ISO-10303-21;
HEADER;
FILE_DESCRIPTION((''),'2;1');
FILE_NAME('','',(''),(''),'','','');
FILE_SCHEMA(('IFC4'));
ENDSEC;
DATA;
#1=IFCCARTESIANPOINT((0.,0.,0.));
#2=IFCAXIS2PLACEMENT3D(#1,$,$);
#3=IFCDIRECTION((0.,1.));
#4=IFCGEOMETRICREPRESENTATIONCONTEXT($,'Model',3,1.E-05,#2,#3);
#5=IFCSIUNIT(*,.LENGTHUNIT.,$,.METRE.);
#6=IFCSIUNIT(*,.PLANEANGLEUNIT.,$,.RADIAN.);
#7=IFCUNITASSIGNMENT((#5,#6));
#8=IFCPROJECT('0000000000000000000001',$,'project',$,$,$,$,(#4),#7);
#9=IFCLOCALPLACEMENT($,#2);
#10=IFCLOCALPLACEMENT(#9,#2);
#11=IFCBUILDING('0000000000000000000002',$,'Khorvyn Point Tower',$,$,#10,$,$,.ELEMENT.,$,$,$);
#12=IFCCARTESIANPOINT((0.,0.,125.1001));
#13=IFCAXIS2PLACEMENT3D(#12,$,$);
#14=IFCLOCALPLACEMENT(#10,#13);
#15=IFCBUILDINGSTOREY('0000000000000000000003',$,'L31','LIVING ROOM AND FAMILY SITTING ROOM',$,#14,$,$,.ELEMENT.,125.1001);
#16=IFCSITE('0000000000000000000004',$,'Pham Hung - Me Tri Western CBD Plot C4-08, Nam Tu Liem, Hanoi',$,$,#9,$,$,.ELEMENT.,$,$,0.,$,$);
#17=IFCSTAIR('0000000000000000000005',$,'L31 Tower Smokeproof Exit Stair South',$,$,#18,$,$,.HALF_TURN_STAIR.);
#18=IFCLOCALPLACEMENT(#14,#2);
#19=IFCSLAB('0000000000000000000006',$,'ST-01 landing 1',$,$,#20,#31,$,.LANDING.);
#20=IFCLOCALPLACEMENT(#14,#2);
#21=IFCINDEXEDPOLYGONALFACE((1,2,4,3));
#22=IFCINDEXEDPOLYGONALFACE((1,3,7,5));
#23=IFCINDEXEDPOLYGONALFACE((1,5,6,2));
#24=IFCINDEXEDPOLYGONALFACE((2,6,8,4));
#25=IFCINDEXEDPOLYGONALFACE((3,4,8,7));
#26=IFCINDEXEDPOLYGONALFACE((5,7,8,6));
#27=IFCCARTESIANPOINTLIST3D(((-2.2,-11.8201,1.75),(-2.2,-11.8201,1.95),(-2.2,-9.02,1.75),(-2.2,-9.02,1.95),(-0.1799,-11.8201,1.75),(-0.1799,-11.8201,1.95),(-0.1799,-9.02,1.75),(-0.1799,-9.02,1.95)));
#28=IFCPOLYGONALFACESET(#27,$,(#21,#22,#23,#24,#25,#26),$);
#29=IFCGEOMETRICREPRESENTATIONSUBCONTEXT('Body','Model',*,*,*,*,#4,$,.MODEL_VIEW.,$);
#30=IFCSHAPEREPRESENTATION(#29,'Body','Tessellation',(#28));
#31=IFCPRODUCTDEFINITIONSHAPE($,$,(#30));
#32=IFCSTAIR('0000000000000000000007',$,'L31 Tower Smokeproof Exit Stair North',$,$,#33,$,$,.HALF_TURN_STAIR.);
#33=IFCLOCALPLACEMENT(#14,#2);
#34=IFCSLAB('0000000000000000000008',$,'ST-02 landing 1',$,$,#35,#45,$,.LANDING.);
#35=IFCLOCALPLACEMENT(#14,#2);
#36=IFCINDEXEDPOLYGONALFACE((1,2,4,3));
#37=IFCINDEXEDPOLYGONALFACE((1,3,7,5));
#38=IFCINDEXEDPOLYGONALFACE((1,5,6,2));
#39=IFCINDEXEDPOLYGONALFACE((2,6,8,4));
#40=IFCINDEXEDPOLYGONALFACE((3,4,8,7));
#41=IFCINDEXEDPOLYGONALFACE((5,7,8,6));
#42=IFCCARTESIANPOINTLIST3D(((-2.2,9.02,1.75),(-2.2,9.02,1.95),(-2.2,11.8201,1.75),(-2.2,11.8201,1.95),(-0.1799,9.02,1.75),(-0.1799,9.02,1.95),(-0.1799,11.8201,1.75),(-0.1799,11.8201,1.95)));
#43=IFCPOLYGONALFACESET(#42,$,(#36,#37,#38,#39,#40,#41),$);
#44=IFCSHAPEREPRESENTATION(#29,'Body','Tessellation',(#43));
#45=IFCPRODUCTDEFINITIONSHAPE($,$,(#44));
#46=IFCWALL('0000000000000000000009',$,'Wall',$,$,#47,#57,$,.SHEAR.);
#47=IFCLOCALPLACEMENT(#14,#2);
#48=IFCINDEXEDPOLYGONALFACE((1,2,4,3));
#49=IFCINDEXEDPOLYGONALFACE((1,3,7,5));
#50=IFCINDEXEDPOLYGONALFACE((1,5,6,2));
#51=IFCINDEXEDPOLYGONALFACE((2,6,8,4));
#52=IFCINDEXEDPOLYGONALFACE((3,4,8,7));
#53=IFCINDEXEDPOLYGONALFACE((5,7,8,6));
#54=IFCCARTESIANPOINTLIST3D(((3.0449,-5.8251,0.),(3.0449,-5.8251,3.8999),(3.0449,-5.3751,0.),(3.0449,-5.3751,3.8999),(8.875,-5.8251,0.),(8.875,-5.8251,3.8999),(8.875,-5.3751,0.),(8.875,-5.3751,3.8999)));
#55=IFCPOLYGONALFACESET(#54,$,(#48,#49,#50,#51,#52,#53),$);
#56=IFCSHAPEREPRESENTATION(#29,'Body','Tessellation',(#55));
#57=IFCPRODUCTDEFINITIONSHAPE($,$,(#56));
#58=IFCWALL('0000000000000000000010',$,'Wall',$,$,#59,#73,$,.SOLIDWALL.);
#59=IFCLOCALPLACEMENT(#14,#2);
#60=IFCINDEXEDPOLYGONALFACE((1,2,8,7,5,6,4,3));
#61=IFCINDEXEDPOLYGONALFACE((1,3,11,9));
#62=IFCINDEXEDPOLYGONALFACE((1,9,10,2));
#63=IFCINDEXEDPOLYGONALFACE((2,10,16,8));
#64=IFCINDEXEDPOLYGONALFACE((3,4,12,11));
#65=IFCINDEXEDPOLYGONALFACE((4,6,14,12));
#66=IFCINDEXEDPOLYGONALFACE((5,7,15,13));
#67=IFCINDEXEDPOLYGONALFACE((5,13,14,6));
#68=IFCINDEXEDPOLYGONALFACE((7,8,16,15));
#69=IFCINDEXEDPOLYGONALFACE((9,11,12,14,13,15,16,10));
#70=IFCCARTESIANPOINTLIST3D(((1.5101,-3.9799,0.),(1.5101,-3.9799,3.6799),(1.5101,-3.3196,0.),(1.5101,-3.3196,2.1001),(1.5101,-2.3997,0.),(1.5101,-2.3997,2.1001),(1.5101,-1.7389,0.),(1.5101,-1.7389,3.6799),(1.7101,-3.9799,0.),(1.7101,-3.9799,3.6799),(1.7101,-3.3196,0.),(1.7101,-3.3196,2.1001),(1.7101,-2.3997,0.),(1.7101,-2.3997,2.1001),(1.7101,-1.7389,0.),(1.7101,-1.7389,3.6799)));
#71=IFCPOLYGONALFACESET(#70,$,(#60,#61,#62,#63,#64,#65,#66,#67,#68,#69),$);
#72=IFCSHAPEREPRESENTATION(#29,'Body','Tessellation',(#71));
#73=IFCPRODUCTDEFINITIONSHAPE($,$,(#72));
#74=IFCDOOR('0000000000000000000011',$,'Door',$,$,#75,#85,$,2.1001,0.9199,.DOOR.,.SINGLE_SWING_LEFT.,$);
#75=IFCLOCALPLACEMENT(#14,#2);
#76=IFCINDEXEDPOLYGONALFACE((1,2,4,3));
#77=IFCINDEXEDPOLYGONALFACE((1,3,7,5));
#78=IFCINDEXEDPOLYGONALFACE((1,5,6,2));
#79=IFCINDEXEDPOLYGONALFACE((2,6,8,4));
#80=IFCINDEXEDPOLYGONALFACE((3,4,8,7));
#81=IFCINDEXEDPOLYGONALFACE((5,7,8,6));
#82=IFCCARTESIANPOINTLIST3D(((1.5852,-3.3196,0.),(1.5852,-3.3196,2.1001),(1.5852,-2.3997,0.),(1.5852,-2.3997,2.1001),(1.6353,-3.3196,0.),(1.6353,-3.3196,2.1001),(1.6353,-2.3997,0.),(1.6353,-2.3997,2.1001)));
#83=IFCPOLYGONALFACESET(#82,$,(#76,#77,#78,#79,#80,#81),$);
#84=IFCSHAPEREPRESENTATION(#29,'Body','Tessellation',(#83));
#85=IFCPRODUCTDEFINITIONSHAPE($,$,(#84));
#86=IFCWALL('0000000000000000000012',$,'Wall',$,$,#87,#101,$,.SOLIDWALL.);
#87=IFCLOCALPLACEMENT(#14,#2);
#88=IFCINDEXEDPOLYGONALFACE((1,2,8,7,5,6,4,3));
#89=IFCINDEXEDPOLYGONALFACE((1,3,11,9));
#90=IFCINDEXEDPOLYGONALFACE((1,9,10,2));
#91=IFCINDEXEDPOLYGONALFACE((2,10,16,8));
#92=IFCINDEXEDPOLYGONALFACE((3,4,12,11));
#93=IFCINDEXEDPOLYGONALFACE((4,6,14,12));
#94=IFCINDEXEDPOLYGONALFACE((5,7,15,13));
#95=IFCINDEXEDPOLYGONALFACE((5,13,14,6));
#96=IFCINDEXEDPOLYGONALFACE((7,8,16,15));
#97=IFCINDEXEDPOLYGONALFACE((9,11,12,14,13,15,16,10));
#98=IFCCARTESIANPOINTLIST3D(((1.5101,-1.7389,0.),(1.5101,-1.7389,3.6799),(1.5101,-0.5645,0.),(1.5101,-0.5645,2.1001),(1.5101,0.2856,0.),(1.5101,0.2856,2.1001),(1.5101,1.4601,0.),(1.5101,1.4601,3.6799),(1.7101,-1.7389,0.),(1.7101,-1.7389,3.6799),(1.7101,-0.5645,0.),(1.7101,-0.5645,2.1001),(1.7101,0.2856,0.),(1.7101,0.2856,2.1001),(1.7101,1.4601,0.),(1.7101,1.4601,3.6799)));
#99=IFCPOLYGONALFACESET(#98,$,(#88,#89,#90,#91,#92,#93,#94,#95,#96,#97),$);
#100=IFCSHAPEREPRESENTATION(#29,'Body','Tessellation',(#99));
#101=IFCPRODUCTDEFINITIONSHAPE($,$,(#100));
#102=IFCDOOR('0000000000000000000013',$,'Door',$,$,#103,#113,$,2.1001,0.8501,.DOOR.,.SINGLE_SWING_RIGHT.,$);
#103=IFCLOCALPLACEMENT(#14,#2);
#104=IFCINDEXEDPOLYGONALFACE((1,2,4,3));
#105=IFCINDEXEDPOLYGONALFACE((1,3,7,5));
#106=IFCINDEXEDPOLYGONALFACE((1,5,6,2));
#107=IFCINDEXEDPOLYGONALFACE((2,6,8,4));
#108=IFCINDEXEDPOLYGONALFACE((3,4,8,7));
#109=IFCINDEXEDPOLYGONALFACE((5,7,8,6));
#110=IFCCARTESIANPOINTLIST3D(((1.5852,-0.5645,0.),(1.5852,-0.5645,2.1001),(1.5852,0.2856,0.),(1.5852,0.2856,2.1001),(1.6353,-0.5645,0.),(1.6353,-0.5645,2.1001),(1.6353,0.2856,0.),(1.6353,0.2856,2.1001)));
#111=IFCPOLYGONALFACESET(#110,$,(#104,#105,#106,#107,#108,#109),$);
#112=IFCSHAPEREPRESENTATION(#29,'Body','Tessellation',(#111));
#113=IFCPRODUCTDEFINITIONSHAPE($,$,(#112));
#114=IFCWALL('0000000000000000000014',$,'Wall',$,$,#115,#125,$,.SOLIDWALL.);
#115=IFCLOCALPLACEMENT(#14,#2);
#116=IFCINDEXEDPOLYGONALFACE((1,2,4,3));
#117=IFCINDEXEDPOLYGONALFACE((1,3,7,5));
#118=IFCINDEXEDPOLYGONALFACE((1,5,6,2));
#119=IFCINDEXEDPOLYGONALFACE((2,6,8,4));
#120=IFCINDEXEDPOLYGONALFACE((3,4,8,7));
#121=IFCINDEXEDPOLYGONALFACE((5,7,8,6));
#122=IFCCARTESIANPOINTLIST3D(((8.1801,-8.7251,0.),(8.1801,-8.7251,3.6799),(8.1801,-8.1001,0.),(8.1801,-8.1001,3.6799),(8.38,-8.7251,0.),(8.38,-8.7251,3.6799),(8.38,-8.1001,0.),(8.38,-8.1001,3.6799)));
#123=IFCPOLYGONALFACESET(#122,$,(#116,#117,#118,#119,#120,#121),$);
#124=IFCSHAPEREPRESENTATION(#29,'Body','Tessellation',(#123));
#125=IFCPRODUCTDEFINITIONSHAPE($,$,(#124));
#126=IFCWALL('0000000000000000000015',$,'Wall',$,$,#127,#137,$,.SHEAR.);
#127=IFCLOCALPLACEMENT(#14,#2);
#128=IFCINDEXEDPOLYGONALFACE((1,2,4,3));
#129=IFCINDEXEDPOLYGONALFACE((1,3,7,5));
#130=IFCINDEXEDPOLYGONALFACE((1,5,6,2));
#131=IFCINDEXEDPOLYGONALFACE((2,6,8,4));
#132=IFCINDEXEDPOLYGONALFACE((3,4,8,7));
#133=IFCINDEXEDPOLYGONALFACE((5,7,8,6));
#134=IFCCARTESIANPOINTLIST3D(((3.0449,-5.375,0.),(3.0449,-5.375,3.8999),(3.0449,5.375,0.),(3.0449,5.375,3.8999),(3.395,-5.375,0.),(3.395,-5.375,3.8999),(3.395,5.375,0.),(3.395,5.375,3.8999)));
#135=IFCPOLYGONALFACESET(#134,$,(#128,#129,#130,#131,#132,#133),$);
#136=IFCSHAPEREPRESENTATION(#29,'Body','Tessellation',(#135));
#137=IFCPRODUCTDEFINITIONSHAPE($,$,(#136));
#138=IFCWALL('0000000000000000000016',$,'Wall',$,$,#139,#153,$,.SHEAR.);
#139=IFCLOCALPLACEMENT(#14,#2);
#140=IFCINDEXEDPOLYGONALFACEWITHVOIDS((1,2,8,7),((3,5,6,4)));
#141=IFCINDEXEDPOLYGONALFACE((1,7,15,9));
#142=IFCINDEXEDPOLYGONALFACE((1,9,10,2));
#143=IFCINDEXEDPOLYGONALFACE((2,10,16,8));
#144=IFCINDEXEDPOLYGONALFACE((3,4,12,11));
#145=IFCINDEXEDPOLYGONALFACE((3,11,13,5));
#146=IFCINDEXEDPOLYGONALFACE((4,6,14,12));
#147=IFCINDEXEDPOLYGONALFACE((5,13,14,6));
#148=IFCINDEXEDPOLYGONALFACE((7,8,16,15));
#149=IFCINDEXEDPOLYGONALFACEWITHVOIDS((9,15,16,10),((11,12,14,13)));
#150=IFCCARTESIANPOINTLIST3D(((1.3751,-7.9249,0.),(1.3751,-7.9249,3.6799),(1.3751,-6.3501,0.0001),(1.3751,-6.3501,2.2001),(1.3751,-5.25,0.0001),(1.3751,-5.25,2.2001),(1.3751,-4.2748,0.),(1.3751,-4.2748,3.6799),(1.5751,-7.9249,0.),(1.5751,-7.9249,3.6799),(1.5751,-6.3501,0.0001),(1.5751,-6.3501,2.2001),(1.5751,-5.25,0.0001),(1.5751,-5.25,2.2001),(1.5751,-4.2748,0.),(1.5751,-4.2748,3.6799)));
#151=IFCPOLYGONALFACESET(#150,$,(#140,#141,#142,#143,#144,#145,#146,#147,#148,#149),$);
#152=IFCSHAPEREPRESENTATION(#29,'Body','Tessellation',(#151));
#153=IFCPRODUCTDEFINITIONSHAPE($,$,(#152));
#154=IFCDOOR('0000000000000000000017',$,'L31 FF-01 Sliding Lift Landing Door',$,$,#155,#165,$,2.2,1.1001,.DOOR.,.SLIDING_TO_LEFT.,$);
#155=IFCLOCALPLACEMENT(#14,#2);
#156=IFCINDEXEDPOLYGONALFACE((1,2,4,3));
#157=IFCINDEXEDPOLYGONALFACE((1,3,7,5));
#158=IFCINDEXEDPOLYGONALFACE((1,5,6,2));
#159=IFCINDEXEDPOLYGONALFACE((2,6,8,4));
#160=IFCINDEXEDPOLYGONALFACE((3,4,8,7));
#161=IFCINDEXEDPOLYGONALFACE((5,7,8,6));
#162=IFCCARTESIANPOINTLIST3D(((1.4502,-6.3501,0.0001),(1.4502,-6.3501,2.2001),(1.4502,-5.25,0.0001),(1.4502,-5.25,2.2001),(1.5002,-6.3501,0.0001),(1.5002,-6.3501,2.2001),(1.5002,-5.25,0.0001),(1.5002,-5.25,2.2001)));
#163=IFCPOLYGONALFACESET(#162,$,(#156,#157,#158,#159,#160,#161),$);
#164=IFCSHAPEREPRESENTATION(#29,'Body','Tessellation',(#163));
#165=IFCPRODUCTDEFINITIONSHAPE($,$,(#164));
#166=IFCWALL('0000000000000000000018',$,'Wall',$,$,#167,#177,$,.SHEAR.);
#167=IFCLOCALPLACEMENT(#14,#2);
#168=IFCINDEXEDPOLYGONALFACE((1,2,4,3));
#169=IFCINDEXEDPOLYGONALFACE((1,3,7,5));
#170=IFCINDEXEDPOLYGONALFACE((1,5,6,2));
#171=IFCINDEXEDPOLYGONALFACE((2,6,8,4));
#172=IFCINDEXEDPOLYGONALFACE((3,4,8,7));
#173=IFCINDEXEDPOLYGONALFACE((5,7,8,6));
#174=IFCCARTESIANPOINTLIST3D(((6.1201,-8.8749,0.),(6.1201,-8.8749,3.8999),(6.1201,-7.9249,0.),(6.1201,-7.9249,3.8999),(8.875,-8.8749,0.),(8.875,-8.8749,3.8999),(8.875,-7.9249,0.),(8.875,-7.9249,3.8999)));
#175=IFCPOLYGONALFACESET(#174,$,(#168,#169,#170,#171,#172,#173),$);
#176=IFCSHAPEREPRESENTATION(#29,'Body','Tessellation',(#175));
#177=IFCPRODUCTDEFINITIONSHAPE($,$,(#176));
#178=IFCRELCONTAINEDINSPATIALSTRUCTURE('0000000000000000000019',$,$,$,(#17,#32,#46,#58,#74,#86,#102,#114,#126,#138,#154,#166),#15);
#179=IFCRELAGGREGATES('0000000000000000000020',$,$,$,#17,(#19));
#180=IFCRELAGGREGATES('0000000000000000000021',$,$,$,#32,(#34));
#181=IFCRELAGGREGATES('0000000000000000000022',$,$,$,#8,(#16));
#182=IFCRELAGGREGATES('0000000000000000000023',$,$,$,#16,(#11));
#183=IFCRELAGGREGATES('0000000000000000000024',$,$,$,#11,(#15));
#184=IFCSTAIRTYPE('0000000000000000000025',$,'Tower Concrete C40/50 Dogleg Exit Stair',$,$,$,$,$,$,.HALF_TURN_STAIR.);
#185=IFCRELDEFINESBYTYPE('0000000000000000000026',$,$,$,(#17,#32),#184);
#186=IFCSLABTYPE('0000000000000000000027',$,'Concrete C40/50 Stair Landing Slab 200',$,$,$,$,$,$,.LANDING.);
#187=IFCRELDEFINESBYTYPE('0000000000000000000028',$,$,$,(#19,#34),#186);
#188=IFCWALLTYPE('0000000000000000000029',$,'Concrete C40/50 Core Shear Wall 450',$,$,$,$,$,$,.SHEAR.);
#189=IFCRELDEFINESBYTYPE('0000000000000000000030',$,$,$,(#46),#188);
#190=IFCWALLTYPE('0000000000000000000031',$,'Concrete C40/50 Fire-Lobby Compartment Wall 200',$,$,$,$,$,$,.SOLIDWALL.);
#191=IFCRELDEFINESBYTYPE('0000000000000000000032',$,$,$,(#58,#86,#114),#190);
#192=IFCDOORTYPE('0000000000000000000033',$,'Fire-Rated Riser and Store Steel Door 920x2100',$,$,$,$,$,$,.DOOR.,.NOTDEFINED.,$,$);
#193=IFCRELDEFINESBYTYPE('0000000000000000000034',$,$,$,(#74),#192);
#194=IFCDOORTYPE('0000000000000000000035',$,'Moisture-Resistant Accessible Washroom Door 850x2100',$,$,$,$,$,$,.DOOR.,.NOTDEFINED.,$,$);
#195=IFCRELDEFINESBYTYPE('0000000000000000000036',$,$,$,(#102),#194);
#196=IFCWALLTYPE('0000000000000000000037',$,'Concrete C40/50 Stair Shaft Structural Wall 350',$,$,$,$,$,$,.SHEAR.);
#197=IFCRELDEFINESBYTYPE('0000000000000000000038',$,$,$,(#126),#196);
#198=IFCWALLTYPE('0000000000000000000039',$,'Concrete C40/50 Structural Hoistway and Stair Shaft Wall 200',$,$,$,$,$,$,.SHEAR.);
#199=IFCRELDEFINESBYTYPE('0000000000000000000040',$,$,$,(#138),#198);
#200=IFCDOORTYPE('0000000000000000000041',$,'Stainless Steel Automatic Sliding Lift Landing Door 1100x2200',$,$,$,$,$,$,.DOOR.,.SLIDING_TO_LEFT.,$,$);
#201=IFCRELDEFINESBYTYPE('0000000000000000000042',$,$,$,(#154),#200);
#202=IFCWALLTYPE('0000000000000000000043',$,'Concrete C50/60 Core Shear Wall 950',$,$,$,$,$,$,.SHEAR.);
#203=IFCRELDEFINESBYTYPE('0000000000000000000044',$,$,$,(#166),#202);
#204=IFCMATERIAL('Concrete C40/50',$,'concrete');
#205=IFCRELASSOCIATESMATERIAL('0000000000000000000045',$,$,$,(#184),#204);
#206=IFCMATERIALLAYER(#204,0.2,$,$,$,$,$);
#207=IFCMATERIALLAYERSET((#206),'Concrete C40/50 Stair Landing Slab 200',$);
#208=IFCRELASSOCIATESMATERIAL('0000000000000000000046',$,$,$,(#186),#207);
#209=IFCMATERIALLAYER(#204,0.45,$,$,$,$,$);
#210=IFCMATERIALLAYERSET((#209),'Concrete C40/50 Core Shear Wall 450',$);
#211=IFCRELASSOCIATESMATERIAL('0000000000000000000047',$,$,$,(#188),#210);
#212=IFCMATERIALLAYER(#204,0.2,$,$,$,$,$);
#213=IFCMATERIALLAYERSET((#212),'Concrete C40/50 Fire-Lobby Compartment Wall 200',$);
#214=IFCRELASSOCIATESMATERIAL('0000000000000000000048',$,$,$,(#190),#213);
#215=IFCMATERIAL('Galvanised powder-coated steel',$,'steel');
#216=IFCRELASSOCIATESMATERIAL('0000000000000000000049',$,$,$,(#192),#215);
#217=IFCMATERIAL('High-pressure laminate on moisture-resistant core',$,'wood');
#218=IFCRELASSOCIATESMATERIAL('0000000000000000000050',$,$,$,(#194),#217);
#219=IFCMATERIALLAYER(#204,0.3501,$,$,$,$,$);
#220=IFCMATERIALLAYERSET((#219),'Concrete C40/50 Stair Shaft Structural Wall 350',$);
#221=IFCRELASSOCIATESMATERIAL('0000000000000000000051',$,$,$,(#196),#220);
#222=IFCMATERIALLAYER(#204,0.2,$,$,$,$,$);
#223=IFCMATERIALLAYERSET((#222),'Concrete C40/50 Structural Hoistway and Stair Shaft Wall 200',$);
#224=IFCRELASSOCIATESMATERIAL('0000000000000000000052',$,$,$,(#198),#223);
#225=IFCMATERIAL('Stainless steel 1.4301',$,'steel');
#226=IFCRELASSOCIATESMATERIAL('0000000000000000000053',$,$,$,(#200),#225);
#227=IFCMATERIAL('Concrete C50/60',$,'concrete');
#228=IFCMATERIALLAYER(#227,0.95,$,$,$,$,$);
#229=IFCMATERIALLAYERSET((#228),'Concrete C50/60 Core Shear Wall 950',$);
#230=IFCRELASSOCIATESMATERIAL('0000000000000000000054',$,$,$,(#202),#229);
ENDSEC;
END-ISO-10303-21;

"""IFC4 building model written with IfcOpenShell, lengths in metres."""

from ifc_helpers import new_model, si_unit, direction, frame, frame_2d, origin, place, context, subcontext, project, spatial, polyline, rectangle, outline, extrude, material, layer, layer_set, type_object, element, fill, aggregate, save


model = new_model("IFC4")

# Units and contexts
model_context = context("Model", 3, precision=1e-05, world=origin(), true_north=direction((0.0, 1.0)))
body_context = subcontext(model_context, "Body", "Model", "MODEL_VIEW")
ifc_project = project(units=[si_unit("LENGTHUNIT", "METRE"), si_unit("PLANEANGLEUNIT", "RADIAN")], contexts=[model_context])

# Site, building, storey
site_placement = place(None, origin())
site = spatial("IfcSite", under=ifc_project, at=site_placement, Name="Pham Hung - Me Tri Western CBD Plot C4-08, Nam Tu Liem, Hanoi", CompositionType="ELEMENT", RefElevation=0.0)
building_placement = place(site_placement, origin())
building = spatial("IfcBuilding", under=site, at=building_placement, Name="Khorvyn Point Tower", CompositionType="ELEMENT")
storey_placement = place(building_placement, frame((0.0, 0.0, 125.1001)))
storey = spatial("IfcBuildingStorey", under=building, at=storey_placement, Name="L31", Description="LIVING ROOM AND FAMILY SITTING ROOM", CompositionType="ELEMENT", Elevation=125.1001)

# Shared definitions
ifc_material_1 = material(Name="Concrete C40/50", Category="concrete")

# Shared definitions
ifc_material_2 = material(Name="Concrete C50/60", Category="concrete")

# Stairs, slabs
stair_type = type_object("IfcStairType", Name="Tower Concrete C40/50 Dogleg Exit Stair", PredefinedType="HALF_TURN_STAIR", material=ifc_material_1)
stair_1_placement = place(storey_placement, origin())
stair_1 = element("IfcStair", 1, at=stair_1_placement, inside=storey, type_object=stair_type, Name="L31 Tower Smokeproof Exit Stair South", PredefinedType="HALF_TURN_STAIR")
ifc_layer_1 = layer(ifc_material_1, 0.2)
ifc_layer_set_1 = layer_set([ifc_layer_1], Name="Concrete C40/50 Stair Landing Slab 200")
slab_type_1 = type_object("IfcSlabType", Name="Concrete C40/50 Stair Landing Slab 200", PredefinedType="LANDING", material=ifc_layer_set_1)
slab_1_placement = place(storey_placement, frame((0.0, 0.0, 1.75)))
slab_1 = element("IfcSlab", 2, at=slab_1_placement, type_object=slab_type_1, Name="ST-01 landing 1", PredefinedType="LANDING", context=body_context, shape_type="SweptSolid", body=[
    extrude(outline(polyline([(-0.1799, -9.02), (-2.2, -9.02), (-2.2, -11.8201), (-0.1799, -11.8201), (-0.1799, -9.02)])), origin(), (0.0, 0.0, 1.0), 0.2),
])
aggregate(stair_1, [slab_1])
stair_2_placement = place(storey_placement, origin())
stair_2 = element("IfcStair", 3, at=stair_2_placement, inside=storey, type_object=stair_type, Name="L31 Tower Smokeproof Exit Stair North", PredefinedType="HALF_TURN_STAIR")
slab_2_placement = place(storey_placement, frame((0.0, 0.0, 1.75)))
slab_2 = element("IfcSlab", 4, at=slab_2_placement, type_object=slab_type_1, Name="ST-02 landing 1", PredefinedType="LANDING", context=body_context, shape_type="SweptSolid", body=[
    extrude(outline(polyline([(-0.1799, 11.8201), (-2.2, 11.8201), (-2.2, 9.02), (-0.1799, 9.02), (-0.1799, 11.8201)])), origin(), (0.0, 0.0, 1.0), 0.2),
])
aggregate(stair_2, [slab_2])

# Wall
ifc_layer_2 = layer(ifc_material_1, 0.45)
ifc_layer_set_2 = layer_set([ifc_layer_2], Name="Concrete C40/50 Core Shear Wall 450")
wall_type_1 = type_object("IfcWallType", Name="Concrete C40/50 Core Shear Wall 450", PredefinedType="SHEAR", material=ifc_layer_set_2)
wall_1_placement = place(storey_placement, frame((3.0449, -5.6001, 0.0), z_axis=(0.0, 0.0, 1.0), x_axis=(1.0, 0.0, 0.0)))
element("IfcWall", 5, at=wall_1_placement, inside=storey, type_object=wall_type_1, Name="Wall", PredefinedType="SHEAR", context=body_context, shape_type="SweptSolid", body=[
    extrude(rectangle(XDim=5.8301, YDim=0.45, at=frame_2d((2.915, 0.0))), origin(), (0.0, 0.0, 1.0), 3.8999),
])

# Walls, openings, doors
ifc_layer_3 = layer(ifc_material_1, 0.2)
ifc_layer_set_3 = layer_set([ifc_layer_3], Name="Concrete C40/50 Fire-Lobby Compartment Wall 200")
wall_type_2 = type_object("IfcWallType", Name="Concrete C40/50 Fire-Lobby Compartment Wall 200", PredefinedType="SOLIDWALL", material=ifc_layer_set_3)
ifc_material_3 = material(Name="Galvanised powder-coated steel", Category="steel")
wall_2_placement = place(storey_placement, frame((1.6101, -3.98, 0.0), z_axis=(0.0, 0.0, 1.0), x_axis=(0.0, 1.0, 0.0)))
wall_2 = element("IfcWall", 6, at=wall_2_placement, inside=storey, type_object=wall_type_2, Name="Wall", PredefinedType="SOLIDWALL", context=body_context, shape_type="SweptSolid", body=[
    extrude(rectangle(XDim=2.241, YDim=0.2, at=frame_2d((1.1206, 0.0))), origin(), (0.0, 0.0, 1.0), 3.6799),
])
opening_1_placement = place(wall_2_placement, frame((0.6604, 0.0, 0.0)))
opening_1 = element("IfcOpeningElement", 7, at=opening_1_placement, cuts=wall_2, PredefinedType="OPENING", context=body_context, shape_type="SweptSolid", body=[
    extrude(rectangle(XDim=0.9199, YDim=2.1001, at=frame_2d((0.46, 1.05))), frame((0.0, 0.1099, 0.0), z_axis=(0.0, -1.0, 0.0), x_axis=(1.0, 0.0, 0.0)), (0.0, 0.0, 1.0), 0.22),
])
door_type_1 = type_object("IfcDoorType", Name="Fire-Rated Riser and Store Steel Door 920x2100", OperationType="NOTDEFINED", PredefinedType="DOOR", material=ifc_material_3)
door_1_placement = place(opening_1_placement, origin())
door_1 = element("IfcDoor", 8, at=door_1_placement, inside=storey, type_object=door_type_1, Name="Door", OperationType="SINGLE_SWING_LEFT", OverallHeight=2.1001, OverallWidth=0.9199, PredefinedType="DOOR", context=body_context, shape_type="SweptSolid", body=[
    extrude(rectangle(XDim=0.9199, YDim=2.1001, at=frame_2d((0.46, 1.05))), frame((0.0, 0.0249, 0.0), z_axis=(0.0, -1.0, 0.0), x_axis=(1.0, 0.0, 0.0)), (0.0, 0.0, 1.0), 0.05),
])
fill(opening_1, door_1)
wall_3_placement = place(storey_placement, frame((1.6101, -1.739, 0.0), z_axis=(0.0, 0.0, 1.0), x_axis=(0.0, 1.0, 0.0)))
wall_3 = element("IfcWall", 9, at=wall_3_placement, inside=storey, type_object=wall_type_2, Name="Wall", PredefinedType="SOLIDWALL", context=body_context, shape_type="SweptSolid", body=[
    extrude(rectangle(XDim=3.199, YDim=0.2, at=frame_2d((1.5996, 0.0))), origin(), (0.0, 0.0, 1.0), 3.6799),
])
opening_2_placement = place(wall_3_placement, frame((1.1746, 0.0, 0.0)))
opening_2 = element("IfcOpeningElement", 10, at=opening_2_placement, cuts=wall_3, PredefinedType="OPENING", context=body_context, shape_type="SweptSolid", body=[
    extrude(rectangle(XDim=0.8501, YDim=2.1001, at=frame_2d((0.425, 1.05))), frame((0.0, 0.1099, 0.0), z_axis=(0.0, -1.0, 0.0), x_axis=(1.0, 0.0, 0.0)), (0.0, 0.0, 1.0), 0.22),
])
ifc_material_4 = material(Name="High-pressure laminate on moisture-resistant core", Category="wood")
door_type_2 = type_object("IfcDoorType", Name="Moisture-Resistant Accessible Washroom Door 850x2100", OperationType="NOTDEFINED", PredefinedType="DOOR", material=ifc_material_4)
door_2_placement = place(opening_2_placement, origin())
door_2 = element("IfcDoor", 11, at=door_2_placement, inside=storey, type_object=door_type_2, Name="Door", OperationType="SINGLE_SWING_RIGHT", OverallHeight=2.1001, OverallWidth=0.8501, PredefinedType="DOOR", context=body_context, shape_type="SweptSolid", body=[
    extrude(rectangle(XDim=0.8501, YDim=2.1001, at=frame_2d((0.425, 1.05))), frame((0.0, 0.0249, 0.0), z_axis=(0.0, -1.0, 0.0), x_axis=(1.0, 0.0, 0.0)), (0.0, 0.0, 1.0), 0.05),
])
fill(opening_2, door_2)

# Walls
wall_4_placement = place(storey_placement, frame((8.28, -8.7251, 0.0), z_axis=(0.0, 0.0, 1.0), x_axis=(0.0, 1.0, 0.0)))
element("IfcWall", 12, at=wall_4_placement, inside=storey, type_object=wall_type_2, Name="Wall", PredefinedType="SOLIDWALL", context=body_context, shape_type="SweptSolid", body=[
    extrude(rectangle(XDim=0.625, YDim=0.2, at=frame_2d((0.3125, 0.0))), origin(), (0.0, 0.0, 1.0), 3.6799),
])
ifc_layer_4 = layer(ifc_material_1, 0.3501)
ifc_layer_set_4 = layer_set([ifc_layer_4], Name="Concrete C40/50 Stair Shaft Structural Wall 350")
wall_type_3 = type_object("IfcWallType", Name="Concrete C40/50 Stair Shaft Structural Wall 350", PredefinedType="SHEAR", material=ifc_layer_set_4)
wall_5_placement = place(storey_placement, frame((3.22, -5.375, 0.0), z_axis=(0.0, 0.0, 1.0), x_axis=(0.0, 1.0, 0.0)))
element("IfcWall", 13, at=wall_5_placement, inside=storey, type_object=wall_type_3, Name="Wall", PredefinedType="SHEAR", context=body_context, shape_type="SweptSolid", body=[
    extrude(rectangle(XDim=10.75, YDim=0.3501, at=frame_2d((5.375, 0.0))), origin(), (0.0, 0.0, 1.0), 3.8999),
])

# Wall, opening, door
ifc_layer_5 = layer(ifc_material_1, 0.2)
ifc_layer_set_5 = layer_set([ifc_layer_5], Name="Concrete C40/50 Structural Hoistway and Stair Shaft Wall 200")
wall_type_4 = type_object("IfcWallType", Name="Concrete C40/50 Structural Hoistway and Stair Shaft Wall 200", PredefinedType="SHEAR", material=ifc_layer_set_5)
wall_6_placement = place(storey_placement, frame((1.4751, -7.925, 0.0), z_axis=(0.0, 0.0, 1.0), x_axis=(0.0, 1.0, 0.0)))
wall_6 = element("IfcWall", 14, at=wall_6_placement, inside=storey, type_object=wall_type_4, Name="Wall", PredefinedType="SHEAR", context=body_context, shape_type="SweptSolid", body=[
    extrude(rectangle(XDim=3.6501, YDim=0.2, at=frame_2d((1.8252, 0.0))), origin(), (0.0, 0.0, 1.0), 3.6799),
])
opening_3_placement = place(wall_6_placement, frame((1.575, 0.0, 0.0)))
opening_3 = element("IfcOpeningElement", 15, at=opening_3_placement, cuts=wall_6, PredefinedType="OPENING", context=body_context, shape_type="SweptSolid", body=[
    extrude(rectangle(XDim=1.1001, YDim=2.2, at=frame_2d((0.55, 1.1001))), frame((0.0, 0.1099, 0.0), z_axis=(0.0, -1.0, 0.0), x_axis=(1.0, 0.0, 0.0)), (0.0, 0.0, 1.0), 0.22),
])
ifc_material_5 = material(Name="Stainless steel 1.4301", Category="steel")
door_type_3 = type_object("IfcDoorType", Name="Stainless Steel Automatic Sliding Lift Landing Door 1100x2200", OperationType="SLIDING_TO_LEFT", PredefinedType="DOOR", material=ifc_material_5)
door_3_placement = place(opening_3_placement, origin())
door_3 = element("IfcDoor", 16, at=door_3_placement, inside=storey, type_object=door_type_3, Name="L31 FF-01 Sliding Lift Landing Door", OperationType="SLIDING_TO_LEFT", OverallHeight=2.2, OverallWidth=1.1001, PredefinedType="DOOR", context=body_context, shape_type="SweptSolid", body=[
    extrude(rectangle(XDim=1.1001, YDim=2.2, at=frame_2d((0.55, 1.1001))), frame((0.0, 0.0249, 0.0), z_axis=(0.0, -1.0, 0.0), x_axis=(1.0, 0.0, 0.0)), (0.0, 0.0, 1.0), 0.05),
])
fill(opening_3, door_3)

# Wall
ifc_layer_6 = layer(ifc_material_2, 0.95)
ifc_layer_set_6 = layer_set([ifc_layer_6], Name="Concrete C50/60 Core Shear Wall 950")
wall_type_5 = type_object("IfcWallType", Name="Concrete C50/60 Core Shear Wall 950", PredefinedType="SHEAR", material=ifc_layer_set_6)
wall_7_placement = place(storey_placement, frame((6.1201, -8.3999, 0.0), z_axis=(0.0, 0.0, 1.0), x_axis=(1.0, 0.0, 0.0)))
element("IfcWall", 17, at=wall_7_placement, inside=storey, type_object=wall_type_5, Name="Wall", PredefinedType="SHEAR", context=body_context, shape_type="SweptSolid", body=[
    extrude(rectangle(XDim=2.7549, YDim=0.95, at=frame_2d((1.3774, 0.0))), origin(), (0.0, 0.0, 1.0), 3.8999),
])

save(model, "model.ifc")
